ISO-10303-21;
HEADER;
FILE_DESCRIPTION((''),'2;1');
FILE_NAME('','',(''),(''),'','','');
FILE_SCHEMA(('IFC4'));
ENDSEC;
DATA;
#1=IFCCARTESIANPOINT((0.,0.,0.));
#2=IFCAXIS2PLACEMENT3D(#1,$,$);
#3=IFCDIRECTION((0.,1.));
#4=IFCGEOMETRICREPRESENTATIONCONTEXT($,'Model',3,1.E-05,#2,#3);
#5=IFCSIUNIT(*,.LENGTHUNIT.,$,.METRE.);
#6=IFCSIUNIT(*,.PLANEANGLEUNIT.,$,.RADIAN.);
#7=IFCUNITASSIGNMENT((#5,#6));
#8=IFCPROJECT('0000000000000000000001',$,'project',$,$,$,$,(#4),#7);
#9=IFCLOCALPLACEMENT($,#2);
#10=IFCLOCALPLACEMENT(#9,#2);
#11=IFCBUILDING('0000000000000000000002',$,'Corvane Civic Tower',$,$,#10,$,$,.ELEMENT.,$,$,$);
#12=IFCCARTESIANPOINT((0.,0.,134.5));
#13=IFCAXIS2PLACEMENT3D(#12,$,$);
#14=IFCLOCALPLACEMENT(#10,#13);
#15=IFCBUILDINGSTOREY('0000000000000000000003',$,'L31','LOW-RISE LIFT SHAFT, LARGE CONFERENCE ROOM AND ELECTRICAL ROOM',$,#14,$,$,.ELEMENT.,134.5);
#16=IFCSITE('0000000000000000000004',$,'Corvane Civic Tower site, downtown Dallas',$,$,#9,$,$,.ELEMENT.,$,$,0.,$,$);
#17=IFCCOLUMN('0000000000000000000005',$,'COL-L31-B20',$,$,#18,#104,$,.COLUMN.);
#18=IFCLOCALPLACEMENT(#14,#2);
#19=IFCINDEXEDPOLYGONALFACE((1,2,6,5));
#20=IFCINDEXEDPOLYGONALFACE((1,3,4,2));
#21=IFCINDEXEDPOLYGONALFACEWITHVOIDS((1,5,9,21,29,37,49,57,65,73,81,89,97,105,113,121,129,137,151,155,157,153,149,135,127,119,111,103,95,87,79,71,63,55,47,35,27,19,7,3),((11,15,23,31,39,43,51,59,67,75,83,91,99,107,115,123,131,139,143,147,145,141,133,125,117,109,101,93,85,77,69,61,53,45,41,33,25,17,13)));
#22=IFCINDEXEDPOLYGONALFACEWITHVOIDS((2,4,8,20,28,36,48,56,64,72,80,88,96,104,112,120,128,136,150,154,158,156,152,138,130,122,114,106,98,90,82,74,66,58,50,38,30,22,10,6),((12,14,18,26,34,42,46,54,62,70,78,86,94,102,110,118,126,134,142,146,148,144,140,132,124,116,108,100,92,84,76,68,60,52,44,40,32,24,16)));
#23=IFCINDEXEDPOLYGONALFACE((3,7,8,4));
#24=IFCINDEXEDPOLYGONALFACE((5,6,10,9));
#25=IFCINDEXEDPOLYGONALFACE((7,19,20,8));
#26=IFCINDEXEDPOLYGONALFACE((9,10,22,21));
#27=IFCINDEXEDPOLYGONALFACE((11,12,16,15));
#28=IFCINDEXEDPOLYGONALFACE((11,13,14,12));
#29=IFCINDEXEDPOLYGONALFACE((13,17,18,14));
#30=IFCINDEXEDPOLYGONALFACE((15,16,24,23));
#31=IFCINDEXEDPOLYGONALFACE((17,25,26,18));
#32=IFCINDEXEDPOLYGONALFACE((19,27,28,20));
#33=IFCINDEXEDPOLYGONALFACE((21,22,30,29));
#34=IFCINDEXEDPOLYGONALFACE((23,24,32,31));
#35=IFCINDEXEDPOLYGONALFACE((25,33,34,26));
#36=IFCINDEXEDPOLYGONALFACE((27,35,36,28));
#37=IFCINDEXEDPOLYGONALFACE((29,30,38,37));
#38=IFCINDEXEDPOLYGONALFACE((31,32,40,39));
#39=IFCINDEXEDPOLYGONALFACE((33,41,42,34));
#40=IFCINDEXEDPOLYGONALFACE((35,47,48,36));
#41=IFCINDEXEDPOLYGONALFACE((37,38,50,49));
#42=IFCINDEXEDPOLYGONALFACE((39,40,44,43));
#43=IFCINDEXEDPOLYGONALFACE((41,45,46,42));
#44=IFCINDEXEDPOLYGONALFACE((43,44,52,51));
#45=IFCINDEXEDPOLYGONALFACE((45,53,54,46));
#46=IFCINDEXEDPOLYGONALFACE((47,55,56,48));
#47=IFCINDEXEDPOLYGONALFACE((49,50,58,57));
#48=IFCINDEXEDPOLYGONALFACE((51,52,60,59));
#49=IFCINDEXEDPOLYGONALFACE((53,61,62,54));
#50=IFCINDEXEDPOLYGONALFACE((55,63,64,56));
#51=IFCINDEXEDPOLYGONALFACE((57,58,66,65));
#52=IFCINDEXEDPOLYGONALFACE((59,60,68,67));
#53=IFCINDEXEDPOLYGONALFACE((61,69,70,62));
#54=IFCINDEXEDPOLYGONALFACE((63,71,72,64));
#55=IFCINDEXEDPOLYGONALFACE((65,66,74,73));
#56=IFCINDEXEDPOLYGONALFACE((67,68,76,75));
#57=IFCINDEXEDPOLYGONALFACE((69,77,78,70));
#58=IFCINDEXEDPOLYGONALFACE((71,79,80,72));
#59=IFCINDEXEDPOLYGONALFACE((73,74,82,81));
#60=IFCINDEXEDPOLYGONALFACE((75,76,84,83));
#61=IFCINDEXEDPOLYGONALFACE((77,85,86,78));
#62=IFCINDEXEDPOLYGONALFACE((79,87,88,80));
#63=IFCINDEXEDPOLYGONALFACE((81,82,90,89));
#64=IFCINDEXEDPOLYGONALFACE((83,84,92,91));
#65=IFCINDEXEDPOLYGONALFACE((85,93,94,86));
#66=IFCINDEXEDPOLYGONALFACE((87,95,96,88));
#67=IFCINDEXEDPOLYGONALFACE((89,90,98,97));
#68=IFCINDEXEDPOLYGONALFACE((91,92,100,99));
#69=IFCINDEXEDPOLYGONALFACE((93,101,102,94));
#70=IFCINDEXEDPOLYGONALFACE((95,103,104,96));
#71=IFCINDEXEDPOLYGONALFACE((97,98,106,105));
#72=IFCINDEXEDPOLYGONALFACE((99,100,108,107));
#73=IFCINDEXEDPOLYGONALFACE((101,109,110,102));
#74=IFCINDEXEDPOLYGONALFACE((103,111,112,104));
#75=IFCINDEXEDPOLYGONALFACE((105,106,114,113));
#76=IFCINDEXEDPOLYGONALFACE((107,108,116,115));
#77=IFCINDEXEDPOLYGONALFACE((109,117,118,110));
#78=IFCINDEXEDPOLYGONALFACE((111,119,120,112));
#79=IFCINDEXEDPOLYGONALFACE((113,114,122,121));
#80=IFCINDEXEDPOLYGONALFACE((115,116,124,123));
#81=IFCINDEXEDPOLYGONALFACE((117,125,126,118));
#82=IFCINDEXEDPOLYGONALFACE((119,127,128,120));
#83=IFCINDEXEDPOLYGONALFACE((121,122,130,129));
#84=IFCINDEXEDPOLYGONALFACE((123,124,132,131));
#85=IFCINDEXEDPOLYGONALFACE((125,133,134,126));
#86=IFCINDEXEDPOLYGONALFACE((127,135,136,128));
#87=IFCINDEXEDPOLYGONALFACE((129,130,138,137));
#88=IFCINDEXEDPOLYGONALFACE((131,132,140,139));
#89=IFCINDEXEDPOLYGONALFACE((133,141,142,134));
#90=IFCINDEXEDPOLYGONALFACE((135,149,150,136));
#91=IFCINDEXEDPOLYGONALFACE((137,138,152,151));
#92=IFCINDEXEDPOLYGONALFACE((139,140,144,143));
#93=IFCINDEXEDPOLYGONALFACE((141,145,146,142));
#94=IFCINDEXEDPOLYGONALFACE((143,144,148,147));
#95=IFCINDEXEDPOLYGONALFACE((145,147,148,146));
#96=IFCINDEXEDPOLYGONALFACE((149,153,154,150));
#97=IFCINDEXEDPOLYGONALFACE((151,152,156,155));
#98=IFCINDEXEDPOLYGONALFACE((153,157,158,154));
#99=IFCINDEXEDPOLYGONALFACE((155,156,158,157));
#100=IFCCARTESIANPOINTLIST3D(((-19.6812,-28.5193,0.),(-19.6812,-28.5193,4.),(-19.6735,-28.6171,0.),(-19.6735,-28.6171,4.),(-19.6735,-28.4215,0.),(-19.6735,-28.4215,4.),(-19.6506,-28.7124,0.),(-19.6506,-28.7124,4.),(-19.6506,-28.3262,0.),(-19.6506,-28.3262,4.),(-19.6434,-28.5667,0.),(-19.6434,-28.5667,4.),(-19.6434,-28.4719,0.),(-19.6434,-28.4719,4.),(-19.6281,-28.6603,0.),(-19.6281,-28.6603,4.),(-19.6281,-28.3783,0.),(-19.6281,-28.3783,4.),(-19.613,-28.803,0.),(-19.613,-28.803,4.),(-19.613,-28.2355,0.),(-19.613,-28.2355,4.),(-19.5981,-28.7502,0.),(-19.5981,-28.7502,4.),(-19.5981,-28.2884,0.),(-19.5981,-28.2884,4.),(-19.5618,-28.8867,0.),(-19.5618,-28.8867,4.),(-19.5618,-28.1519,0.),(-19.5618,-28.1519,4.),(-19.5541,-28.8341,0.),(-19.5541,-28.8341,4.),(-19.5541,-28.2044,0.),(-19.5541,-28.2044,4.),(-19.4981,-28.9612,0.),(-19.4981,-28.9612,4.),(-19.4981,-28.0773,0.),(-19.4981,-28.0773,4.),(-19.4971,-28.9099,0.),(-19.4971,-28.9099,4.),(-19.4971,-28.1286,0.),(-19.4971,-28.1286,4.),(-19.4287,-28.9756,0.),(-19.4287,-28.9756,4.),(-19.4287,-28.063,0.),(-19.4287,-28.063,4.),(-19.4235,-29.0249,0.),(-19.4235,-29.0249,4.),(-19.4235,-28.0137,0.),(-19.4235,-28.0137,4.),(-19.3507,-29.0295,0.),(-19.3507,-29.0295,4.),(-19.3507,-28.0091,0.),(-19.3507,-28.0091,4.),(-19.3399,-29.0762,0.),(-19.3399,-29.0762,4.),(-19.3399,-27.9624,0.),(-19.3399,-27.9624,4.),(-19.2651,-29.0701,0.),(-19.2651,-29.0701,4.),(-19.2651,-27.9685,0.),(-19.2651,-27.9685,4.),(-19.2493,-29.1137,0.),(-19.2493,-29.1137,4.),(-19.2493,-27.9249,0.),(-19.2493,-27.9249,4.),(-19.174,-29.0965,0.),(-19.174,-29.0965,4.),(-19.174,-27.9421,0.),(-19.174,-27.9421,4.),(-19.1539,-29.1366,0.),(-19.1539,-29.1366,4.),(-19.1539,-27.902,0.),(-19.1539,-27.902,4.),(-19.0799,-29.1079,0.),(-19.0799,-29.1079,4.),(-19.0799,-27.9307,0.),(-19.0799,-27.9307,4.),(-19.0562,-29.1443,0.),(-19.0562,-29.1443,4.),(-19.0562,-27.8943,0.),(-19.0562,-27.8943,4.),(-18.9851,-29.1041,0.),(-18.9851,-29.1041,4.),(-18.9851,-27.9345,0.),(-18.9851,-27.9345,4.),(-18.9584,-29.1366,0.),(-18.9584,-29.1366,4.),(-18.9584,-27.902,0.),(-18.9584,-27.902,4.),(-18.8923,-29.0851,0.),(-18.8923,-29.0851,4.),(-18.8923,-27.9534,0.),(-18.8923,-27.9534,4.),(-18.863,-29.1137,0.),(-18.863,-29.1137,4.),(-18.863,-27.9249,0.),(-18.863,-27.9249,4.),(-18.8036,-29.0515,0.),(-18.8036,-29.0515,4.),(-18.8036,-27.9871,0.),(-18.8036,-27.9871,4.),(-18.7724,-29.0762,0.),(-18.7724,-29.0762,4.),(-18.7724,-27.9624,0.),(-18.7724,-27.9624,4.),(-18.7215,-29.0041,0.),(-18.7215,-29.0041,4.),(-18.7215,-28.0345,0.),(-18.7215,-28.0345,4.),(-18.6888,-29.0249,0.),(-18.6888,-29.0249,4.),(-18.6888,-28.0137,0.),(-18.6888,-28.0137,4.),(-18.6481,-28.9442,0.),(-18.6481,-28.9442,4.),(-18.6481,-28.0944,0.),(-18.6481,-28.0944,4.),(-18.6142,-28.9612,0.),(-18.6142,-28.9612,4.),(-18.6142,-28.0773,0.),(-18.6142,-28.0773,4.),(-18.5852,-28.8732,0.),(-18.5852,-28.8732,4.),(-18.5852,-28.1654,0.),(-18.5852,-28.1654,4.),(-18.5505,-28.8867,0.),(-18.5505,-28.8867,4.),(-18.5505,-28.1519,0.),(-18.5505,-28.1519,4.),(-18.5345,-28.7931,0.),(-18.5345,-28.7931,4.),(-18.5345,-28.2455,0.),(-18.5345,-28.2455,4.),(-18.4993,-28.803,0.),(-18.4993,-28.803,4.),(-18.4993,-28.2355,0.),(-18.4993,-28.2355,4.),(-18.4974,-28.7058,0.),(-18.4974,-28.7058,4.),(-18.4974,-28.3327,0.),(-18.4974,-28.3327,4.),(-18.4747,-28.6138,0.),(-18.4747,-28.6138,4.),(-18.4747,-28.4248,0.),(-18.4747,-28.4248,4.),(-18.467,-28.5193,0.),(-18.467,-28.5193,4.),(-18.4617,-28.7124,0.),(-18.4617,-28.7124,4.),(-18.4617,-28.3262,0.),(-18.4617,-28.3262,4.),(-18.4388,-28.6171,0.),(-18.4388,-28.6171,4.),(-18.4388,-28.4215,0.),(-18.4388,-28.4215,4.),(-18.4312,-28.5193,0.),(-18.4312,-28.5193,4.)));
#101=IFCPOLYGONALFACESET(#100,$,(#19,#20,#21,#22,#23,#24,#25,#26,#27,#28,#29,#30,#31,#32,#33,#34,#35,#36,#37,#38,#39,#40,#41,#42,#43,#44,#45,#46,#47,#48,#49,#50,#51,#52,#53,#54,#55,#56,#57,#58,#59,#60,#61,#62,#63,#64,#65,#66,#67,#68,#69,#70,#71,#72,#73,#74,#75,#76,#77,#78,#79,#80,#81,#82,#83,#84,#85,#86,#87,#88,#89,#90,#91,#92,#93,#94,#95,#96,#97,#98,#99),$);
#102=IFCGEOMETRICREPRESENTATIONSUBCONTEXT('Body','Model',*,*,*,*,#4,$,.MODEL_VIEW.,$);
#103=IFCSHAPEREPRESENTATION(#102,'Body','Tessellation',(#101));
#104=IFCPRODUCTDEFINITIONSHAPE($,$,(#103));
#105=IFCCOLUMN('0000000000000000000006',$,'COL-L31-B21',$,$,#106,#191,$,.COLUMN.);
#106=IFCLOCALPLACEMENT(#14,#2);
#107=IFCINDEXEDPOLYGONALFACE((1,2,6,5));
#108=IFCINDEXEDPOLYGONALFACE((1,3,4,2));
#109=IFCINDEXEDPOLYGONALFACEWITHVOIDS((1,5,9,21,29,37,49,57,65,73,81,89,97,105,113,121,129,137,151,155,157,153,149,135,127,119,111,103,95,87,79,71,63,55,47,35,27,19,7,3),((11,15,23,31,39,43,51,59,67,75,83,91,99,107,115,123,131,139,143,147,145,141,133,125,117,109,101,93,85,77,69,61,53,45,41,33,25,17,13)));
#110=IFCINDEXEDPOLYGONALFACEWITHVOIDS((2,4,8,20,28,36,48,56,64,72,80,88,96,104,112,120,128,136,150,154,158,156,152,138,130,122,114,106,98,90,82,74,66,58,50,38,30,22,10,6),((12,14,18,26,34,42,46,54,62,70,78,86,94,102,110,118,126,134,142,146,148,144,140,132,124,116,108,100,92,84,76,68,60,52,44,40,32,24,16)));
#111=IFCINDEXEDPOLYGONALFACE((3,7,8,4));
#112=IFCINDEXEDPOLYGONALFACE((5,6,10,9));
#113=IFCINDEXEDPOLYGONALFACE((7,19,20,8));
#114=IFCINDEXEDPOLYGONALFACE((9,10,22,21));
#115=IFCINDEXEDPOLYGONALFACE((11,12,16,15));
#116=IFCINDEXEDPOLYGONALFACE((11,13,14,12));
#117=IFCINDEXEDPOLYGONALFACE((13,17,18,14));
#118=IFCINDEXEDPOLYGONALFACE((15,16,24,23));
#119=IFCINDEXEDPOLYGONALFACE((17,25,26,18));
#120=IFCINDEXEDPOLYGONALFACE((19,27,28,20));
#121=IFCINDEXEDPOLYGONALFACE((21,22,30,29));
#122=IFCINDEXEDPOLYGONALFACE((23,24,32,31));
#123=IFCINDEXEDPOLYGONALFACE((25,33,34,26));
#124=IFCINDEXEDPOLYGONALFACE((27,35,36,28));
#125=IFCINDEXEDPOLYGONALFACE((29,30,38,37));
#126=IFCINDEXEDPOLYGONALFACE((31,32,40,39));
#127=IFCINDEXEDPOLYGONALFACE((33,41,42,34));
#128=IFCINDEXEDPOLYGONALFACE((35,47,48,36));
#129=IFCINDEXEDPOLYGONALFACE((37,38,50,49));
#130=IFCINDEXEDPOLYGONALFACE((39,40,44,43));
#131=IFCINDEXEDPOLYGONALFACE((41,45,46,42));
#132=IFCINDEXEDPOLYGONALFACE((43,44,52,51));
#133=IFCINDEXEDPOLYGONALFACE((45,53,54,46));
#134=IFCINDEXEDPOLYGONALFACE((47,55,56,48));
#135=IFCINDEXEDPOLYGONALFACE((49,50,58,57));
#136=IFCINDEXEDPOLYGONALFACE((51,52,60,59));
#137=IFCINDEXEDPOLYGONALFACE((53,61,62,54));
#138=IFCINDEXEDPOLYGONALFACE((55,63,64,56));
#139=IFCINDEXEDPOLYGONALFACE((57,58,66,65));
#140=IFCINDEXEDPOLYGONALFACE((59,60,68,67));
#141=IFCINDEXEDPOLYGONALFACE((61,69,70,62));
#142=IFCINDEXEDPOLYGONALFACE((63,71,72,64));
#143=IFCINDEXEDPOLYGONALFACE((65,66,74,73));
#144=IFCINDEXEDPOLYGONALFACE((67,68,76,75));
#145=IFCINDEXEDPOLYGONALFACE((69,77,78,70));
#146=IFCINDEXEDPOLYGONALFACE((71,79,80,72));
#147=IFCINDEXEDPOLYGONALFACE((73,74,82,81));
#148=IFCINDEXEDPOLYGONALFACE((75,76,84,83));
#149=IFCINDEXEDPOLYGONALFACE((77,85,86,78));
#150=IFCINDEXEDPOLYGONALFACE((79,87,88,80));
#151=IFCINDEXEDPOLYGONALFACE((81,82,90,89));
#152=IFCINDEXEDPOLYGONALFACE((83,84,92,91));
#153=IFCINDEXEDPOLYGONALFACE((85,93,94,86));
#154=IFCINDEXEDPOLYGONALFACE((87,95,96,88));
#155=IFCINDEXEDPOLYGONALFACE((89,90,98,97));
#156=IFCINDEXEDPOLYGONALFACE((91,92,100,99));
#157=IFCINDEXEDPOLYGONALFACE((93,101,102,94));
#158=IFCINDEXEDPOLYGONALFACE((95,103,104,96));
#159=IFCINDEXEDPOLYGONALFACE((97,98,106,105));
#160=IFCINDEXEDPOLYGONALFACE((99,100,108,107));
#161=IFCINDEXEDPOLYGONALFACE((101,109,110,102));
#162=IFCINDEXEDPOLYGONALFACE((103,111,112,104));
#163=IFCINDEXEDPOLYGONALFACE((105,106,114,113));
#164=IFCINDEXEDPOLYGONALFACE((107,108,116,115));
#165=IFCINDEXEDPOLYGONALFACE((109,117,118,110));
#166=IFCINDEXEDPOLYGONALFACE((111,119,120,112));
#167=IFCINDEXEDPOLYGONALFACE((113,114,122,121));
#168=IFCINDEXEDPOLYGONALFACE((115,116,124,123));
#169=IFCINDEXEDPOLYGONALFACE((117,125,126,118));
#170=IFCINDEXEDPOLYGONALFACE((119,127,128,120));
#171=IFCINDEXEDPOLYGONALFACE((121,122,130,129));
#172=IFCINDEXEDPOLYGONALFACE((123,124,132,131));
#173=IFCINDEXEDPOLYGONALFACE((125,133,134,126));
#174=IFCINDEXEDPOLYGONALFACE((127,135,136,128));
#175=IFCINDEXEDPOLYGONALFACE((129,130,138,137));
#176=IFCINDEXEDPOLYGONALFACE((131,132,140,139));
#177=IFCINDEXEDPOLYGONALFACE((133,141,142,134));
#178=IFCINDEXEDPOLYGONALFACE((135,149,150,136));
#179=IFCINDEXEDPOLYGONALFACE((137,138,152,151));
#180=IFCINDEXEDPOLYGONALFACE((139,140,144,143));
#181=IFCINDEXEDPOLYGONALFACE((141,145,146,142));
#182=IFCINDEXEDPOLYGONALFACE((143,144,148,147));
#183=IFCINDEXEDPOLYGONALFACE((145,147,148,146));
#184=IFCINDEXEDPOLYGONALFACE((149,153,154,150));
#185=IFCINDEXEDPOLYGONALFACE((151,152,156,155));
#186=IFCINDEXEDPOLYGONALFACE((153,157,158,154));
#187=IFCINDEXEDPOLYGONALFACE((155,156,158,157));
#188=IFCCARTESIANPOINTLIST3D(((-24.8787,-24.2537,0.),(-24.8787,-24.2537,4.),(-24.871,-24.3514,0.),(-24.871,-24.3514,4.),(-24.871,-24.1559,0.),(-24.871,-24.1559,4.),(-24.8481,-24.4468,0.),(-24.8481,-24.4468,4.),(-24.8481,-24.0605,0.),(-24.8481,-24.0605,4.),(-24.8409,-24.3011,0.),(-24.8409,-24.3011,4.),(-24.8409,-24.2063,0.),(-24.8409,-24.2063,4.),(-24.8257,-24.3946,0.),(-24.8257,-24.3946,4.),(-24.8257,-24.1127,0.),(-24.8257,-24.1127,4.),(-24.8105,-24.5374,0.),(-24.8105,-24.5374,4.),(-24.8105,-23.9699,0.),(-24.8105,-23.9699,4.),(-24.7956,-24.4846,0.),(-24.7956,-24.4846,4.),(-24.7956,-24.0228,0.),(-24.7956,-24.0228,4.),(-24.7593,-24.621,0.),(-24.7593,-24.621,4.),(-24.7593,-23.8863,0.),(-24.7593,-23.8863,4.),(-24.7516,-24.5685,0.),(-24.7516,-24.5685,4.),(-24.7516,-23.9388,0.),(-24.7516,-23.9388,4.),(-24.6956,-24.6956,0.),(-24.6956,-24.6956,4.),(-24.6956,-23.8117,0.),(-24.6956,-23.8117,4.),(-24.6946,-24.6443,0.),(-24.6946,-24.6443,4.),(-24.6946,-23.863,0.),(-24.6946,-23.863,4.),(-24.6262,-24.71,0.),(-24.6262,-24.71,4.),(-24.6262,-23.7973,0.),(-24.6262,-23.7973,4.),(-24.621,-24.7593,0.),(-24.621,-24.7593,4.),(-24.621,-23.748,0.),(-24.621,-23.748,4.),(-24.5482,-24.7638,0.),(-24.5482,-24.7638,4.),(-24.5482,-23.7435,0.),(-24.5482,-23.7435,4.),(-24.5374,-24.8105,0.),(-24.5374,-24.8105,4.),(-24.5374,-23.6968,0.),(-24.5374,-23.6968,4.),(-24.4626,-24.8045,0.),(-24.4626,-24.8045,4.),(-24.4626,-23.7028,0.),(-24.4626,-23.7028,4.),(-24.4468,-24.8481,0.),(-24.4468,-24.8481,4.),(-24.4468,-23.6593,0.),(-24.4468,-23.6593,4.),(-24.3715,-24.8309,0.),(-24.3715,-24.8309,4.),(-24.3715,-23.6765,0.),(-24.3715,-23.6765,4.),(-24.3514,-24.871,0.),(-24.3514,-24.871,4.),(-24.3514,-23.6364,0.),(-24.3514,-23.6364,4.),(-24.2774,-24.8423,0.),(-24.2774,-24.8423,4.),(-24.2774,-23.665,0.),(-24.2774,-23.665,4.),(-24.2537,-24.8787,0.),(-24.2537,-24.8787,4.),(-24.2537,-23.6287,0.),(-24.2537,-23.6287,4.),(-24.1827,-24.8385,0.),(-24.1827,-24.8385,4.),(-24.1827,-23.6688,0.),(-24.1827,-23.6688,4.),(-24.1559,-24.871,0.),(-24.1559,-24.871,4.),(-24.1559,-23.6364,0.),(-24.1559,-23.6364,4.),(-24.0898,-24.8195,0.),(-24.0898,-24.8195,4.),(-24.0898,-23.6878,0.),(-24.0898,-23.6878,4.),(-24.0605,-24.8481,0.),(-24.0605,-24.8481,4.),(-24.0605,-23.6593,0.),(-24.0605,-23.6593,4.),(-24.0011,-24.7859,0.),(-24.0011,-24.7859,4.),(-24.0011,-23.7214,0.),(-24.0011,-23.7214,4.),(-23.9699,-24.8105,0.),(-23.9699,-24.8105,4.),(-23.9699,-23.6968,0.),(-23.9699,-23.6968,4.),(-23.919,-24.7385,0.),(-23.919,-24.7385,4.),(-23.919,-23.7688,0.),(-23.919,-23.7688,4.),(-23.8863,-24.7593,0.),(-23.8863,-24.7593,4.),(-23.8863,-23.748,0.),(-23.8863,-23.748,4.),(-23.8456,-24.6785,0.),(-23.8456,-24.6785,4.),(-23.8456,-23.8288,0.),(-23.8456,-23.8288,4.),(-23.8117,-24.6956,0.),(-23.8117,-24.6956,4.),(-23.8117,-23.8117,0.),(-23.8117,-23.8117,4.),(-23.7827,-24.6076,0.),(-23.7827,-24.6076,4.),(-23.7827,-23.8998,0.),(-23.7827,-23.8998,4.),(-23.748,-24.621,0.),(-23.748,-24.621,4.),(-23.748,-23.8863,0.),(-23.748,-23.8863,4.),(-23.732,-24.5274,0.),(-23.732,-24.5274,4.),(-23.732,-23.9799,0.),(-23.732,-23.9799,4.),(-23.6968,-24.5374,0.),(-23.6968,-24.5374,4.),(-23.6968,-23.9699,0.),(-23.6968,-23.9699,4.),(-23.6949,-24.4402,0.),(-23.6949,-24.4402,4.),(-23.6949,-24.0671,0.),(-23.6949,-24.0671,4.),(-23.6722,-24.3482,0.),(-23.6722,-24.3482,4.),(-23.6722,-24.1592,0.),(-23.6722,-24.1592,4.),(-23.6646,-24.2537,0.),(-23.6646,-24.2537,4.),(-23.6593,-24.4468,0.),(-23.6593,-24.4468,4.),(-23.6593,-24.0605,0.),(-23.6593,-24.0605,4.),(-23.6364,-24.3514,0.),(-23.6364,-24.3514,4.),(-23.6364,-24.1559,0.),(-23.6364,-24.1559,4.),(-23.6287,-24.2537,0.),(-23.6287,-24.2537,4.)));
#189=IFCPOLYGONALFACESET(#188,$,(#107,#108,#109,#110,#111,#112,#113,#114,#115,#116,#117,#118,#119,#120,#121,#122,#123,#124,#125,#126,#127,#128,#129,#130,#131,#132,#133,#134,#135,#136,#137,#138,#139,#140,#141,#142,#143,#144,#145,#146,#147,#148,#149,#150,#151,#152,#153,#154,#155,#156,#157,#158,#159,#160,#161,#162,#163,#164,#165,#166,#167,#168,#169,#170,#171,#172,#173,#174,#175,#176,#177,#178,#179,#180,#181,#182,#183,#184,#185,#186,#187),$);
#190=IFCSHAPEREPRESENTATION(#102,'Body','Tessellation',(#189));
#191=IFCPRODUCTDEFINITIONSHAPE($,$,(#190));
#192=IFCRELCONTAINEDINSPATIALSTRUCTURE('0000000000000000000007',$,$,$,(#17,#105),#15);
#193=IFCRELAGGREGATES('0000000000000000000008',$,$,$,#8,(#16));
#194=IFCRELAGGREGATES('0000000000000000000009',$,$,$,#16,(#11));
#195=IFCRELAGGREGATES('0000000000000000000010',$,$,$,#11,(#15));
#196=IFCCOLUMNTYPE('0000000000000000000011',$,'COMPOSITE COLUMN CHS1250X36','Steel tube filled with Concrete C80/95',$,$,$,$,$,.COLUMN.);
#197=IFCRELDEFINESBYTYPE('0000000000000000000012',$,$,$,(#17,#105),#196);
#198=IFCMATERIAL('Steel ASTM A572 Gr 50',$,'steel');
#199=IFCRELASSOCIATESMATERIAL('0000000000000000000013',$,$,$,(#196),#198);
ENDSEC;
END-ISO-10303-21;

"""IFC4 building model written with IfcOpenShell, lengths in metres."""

from ifc_helpers import new_model, si_unit, direction, frame, origin, origin_2d, place, context, subcontext, project, spatial, hollow_circle, extrude, material, material_profile, profile_set, type_object, element, save


model = new_model("IFC4")

# Units and contexts
model_context = context("Model", 3, precision=1e-05, world=origin(), true_north=direction((0.0, 1.0)))
body_context = subcontext(model_context, "Body", "Model", "MODEL_VIEW")
ifc_project = project(units=[si_unit("LENGTHUNIT", "METRE"), si_unit("PLANEANGLEUNIT", "RADIAN")], contexts=[model_context])

# Site, building, storey
site_placement = place(None, origin())
site = spatial("IfcSite", under=ifc_project, at=site_placement, Name="Corvane Civic Tower site, downtown Dallas", CompositionType="ELEMENT", RefElevation=0.0)
building_placement = place(site_placement, origin())
building = spatial("IfcBuilding", under=site, at=building_placement, Name="Corvane Civic Tower", CompositionType="ELEMENT")
storey_placement = place(building_placement, frame((0.0, 0.0, 134.5)))
storey = spatial("IfcBuildingStorey", under=building, at=storey_placement, Name="L31", Description="LOW-RISE LIFT SHAFT, LARGE CONFERENCE ROOM AND ELECTRICAL ROOM", CompositionType="ELEMENT", Elevation=134.5)

# Columns
ifc_material_1 = material(Name="Steel ASTM A572 Gr 50", Category="steel")
ifc_material_profile_1 = material_profile(ifc_material_1, hollow_circle(Radius=0.625, WallThickness=0.0359, at=origin_2d()), Name="CHS1250X36")
ifc_profile_set_1 = profile_set([ifc_material_profile_1], Name="Steel ASTM A572 Gr 50")
column_type = type_object("IfcColumnType", Name="COMPOSITE COLUMN CHS1250X36", Description="Steel tube filled with Concrete C80/95", PredefinedType="COLUMN", material=ifc_profile_set_1)
for number, where, z_axis, x_axis, name in (
    (1, (-19.0562, -28.5193, 0.0), (0.0, 0.0, 1.0), (1.0, 0.0, 0.0), "COL-L31-B20"),
    (2, (-24.2537, -24.2537, 0.0), (0.0, 0.0, 1.0), (1.0, 0.0, 0.0), "COL-L31-B21"),
):
    element("IfcColumn", number, at=place(storey_placement, frame(where, z_axis=z_axis, x_axis=x_axis)), inside=storey, type_object=column_type, Name=name, PredefinedType="COLUMN", context=body_context, shape_type="SweptSolid", body=[
        extrude(hollow_circle(Radius=0.625, WallThickness=0.0359, at=origin_2d()), origin(), (0.0, 0.0, 1.0), 4.0),
    ])

save(model, "model.ifc")
